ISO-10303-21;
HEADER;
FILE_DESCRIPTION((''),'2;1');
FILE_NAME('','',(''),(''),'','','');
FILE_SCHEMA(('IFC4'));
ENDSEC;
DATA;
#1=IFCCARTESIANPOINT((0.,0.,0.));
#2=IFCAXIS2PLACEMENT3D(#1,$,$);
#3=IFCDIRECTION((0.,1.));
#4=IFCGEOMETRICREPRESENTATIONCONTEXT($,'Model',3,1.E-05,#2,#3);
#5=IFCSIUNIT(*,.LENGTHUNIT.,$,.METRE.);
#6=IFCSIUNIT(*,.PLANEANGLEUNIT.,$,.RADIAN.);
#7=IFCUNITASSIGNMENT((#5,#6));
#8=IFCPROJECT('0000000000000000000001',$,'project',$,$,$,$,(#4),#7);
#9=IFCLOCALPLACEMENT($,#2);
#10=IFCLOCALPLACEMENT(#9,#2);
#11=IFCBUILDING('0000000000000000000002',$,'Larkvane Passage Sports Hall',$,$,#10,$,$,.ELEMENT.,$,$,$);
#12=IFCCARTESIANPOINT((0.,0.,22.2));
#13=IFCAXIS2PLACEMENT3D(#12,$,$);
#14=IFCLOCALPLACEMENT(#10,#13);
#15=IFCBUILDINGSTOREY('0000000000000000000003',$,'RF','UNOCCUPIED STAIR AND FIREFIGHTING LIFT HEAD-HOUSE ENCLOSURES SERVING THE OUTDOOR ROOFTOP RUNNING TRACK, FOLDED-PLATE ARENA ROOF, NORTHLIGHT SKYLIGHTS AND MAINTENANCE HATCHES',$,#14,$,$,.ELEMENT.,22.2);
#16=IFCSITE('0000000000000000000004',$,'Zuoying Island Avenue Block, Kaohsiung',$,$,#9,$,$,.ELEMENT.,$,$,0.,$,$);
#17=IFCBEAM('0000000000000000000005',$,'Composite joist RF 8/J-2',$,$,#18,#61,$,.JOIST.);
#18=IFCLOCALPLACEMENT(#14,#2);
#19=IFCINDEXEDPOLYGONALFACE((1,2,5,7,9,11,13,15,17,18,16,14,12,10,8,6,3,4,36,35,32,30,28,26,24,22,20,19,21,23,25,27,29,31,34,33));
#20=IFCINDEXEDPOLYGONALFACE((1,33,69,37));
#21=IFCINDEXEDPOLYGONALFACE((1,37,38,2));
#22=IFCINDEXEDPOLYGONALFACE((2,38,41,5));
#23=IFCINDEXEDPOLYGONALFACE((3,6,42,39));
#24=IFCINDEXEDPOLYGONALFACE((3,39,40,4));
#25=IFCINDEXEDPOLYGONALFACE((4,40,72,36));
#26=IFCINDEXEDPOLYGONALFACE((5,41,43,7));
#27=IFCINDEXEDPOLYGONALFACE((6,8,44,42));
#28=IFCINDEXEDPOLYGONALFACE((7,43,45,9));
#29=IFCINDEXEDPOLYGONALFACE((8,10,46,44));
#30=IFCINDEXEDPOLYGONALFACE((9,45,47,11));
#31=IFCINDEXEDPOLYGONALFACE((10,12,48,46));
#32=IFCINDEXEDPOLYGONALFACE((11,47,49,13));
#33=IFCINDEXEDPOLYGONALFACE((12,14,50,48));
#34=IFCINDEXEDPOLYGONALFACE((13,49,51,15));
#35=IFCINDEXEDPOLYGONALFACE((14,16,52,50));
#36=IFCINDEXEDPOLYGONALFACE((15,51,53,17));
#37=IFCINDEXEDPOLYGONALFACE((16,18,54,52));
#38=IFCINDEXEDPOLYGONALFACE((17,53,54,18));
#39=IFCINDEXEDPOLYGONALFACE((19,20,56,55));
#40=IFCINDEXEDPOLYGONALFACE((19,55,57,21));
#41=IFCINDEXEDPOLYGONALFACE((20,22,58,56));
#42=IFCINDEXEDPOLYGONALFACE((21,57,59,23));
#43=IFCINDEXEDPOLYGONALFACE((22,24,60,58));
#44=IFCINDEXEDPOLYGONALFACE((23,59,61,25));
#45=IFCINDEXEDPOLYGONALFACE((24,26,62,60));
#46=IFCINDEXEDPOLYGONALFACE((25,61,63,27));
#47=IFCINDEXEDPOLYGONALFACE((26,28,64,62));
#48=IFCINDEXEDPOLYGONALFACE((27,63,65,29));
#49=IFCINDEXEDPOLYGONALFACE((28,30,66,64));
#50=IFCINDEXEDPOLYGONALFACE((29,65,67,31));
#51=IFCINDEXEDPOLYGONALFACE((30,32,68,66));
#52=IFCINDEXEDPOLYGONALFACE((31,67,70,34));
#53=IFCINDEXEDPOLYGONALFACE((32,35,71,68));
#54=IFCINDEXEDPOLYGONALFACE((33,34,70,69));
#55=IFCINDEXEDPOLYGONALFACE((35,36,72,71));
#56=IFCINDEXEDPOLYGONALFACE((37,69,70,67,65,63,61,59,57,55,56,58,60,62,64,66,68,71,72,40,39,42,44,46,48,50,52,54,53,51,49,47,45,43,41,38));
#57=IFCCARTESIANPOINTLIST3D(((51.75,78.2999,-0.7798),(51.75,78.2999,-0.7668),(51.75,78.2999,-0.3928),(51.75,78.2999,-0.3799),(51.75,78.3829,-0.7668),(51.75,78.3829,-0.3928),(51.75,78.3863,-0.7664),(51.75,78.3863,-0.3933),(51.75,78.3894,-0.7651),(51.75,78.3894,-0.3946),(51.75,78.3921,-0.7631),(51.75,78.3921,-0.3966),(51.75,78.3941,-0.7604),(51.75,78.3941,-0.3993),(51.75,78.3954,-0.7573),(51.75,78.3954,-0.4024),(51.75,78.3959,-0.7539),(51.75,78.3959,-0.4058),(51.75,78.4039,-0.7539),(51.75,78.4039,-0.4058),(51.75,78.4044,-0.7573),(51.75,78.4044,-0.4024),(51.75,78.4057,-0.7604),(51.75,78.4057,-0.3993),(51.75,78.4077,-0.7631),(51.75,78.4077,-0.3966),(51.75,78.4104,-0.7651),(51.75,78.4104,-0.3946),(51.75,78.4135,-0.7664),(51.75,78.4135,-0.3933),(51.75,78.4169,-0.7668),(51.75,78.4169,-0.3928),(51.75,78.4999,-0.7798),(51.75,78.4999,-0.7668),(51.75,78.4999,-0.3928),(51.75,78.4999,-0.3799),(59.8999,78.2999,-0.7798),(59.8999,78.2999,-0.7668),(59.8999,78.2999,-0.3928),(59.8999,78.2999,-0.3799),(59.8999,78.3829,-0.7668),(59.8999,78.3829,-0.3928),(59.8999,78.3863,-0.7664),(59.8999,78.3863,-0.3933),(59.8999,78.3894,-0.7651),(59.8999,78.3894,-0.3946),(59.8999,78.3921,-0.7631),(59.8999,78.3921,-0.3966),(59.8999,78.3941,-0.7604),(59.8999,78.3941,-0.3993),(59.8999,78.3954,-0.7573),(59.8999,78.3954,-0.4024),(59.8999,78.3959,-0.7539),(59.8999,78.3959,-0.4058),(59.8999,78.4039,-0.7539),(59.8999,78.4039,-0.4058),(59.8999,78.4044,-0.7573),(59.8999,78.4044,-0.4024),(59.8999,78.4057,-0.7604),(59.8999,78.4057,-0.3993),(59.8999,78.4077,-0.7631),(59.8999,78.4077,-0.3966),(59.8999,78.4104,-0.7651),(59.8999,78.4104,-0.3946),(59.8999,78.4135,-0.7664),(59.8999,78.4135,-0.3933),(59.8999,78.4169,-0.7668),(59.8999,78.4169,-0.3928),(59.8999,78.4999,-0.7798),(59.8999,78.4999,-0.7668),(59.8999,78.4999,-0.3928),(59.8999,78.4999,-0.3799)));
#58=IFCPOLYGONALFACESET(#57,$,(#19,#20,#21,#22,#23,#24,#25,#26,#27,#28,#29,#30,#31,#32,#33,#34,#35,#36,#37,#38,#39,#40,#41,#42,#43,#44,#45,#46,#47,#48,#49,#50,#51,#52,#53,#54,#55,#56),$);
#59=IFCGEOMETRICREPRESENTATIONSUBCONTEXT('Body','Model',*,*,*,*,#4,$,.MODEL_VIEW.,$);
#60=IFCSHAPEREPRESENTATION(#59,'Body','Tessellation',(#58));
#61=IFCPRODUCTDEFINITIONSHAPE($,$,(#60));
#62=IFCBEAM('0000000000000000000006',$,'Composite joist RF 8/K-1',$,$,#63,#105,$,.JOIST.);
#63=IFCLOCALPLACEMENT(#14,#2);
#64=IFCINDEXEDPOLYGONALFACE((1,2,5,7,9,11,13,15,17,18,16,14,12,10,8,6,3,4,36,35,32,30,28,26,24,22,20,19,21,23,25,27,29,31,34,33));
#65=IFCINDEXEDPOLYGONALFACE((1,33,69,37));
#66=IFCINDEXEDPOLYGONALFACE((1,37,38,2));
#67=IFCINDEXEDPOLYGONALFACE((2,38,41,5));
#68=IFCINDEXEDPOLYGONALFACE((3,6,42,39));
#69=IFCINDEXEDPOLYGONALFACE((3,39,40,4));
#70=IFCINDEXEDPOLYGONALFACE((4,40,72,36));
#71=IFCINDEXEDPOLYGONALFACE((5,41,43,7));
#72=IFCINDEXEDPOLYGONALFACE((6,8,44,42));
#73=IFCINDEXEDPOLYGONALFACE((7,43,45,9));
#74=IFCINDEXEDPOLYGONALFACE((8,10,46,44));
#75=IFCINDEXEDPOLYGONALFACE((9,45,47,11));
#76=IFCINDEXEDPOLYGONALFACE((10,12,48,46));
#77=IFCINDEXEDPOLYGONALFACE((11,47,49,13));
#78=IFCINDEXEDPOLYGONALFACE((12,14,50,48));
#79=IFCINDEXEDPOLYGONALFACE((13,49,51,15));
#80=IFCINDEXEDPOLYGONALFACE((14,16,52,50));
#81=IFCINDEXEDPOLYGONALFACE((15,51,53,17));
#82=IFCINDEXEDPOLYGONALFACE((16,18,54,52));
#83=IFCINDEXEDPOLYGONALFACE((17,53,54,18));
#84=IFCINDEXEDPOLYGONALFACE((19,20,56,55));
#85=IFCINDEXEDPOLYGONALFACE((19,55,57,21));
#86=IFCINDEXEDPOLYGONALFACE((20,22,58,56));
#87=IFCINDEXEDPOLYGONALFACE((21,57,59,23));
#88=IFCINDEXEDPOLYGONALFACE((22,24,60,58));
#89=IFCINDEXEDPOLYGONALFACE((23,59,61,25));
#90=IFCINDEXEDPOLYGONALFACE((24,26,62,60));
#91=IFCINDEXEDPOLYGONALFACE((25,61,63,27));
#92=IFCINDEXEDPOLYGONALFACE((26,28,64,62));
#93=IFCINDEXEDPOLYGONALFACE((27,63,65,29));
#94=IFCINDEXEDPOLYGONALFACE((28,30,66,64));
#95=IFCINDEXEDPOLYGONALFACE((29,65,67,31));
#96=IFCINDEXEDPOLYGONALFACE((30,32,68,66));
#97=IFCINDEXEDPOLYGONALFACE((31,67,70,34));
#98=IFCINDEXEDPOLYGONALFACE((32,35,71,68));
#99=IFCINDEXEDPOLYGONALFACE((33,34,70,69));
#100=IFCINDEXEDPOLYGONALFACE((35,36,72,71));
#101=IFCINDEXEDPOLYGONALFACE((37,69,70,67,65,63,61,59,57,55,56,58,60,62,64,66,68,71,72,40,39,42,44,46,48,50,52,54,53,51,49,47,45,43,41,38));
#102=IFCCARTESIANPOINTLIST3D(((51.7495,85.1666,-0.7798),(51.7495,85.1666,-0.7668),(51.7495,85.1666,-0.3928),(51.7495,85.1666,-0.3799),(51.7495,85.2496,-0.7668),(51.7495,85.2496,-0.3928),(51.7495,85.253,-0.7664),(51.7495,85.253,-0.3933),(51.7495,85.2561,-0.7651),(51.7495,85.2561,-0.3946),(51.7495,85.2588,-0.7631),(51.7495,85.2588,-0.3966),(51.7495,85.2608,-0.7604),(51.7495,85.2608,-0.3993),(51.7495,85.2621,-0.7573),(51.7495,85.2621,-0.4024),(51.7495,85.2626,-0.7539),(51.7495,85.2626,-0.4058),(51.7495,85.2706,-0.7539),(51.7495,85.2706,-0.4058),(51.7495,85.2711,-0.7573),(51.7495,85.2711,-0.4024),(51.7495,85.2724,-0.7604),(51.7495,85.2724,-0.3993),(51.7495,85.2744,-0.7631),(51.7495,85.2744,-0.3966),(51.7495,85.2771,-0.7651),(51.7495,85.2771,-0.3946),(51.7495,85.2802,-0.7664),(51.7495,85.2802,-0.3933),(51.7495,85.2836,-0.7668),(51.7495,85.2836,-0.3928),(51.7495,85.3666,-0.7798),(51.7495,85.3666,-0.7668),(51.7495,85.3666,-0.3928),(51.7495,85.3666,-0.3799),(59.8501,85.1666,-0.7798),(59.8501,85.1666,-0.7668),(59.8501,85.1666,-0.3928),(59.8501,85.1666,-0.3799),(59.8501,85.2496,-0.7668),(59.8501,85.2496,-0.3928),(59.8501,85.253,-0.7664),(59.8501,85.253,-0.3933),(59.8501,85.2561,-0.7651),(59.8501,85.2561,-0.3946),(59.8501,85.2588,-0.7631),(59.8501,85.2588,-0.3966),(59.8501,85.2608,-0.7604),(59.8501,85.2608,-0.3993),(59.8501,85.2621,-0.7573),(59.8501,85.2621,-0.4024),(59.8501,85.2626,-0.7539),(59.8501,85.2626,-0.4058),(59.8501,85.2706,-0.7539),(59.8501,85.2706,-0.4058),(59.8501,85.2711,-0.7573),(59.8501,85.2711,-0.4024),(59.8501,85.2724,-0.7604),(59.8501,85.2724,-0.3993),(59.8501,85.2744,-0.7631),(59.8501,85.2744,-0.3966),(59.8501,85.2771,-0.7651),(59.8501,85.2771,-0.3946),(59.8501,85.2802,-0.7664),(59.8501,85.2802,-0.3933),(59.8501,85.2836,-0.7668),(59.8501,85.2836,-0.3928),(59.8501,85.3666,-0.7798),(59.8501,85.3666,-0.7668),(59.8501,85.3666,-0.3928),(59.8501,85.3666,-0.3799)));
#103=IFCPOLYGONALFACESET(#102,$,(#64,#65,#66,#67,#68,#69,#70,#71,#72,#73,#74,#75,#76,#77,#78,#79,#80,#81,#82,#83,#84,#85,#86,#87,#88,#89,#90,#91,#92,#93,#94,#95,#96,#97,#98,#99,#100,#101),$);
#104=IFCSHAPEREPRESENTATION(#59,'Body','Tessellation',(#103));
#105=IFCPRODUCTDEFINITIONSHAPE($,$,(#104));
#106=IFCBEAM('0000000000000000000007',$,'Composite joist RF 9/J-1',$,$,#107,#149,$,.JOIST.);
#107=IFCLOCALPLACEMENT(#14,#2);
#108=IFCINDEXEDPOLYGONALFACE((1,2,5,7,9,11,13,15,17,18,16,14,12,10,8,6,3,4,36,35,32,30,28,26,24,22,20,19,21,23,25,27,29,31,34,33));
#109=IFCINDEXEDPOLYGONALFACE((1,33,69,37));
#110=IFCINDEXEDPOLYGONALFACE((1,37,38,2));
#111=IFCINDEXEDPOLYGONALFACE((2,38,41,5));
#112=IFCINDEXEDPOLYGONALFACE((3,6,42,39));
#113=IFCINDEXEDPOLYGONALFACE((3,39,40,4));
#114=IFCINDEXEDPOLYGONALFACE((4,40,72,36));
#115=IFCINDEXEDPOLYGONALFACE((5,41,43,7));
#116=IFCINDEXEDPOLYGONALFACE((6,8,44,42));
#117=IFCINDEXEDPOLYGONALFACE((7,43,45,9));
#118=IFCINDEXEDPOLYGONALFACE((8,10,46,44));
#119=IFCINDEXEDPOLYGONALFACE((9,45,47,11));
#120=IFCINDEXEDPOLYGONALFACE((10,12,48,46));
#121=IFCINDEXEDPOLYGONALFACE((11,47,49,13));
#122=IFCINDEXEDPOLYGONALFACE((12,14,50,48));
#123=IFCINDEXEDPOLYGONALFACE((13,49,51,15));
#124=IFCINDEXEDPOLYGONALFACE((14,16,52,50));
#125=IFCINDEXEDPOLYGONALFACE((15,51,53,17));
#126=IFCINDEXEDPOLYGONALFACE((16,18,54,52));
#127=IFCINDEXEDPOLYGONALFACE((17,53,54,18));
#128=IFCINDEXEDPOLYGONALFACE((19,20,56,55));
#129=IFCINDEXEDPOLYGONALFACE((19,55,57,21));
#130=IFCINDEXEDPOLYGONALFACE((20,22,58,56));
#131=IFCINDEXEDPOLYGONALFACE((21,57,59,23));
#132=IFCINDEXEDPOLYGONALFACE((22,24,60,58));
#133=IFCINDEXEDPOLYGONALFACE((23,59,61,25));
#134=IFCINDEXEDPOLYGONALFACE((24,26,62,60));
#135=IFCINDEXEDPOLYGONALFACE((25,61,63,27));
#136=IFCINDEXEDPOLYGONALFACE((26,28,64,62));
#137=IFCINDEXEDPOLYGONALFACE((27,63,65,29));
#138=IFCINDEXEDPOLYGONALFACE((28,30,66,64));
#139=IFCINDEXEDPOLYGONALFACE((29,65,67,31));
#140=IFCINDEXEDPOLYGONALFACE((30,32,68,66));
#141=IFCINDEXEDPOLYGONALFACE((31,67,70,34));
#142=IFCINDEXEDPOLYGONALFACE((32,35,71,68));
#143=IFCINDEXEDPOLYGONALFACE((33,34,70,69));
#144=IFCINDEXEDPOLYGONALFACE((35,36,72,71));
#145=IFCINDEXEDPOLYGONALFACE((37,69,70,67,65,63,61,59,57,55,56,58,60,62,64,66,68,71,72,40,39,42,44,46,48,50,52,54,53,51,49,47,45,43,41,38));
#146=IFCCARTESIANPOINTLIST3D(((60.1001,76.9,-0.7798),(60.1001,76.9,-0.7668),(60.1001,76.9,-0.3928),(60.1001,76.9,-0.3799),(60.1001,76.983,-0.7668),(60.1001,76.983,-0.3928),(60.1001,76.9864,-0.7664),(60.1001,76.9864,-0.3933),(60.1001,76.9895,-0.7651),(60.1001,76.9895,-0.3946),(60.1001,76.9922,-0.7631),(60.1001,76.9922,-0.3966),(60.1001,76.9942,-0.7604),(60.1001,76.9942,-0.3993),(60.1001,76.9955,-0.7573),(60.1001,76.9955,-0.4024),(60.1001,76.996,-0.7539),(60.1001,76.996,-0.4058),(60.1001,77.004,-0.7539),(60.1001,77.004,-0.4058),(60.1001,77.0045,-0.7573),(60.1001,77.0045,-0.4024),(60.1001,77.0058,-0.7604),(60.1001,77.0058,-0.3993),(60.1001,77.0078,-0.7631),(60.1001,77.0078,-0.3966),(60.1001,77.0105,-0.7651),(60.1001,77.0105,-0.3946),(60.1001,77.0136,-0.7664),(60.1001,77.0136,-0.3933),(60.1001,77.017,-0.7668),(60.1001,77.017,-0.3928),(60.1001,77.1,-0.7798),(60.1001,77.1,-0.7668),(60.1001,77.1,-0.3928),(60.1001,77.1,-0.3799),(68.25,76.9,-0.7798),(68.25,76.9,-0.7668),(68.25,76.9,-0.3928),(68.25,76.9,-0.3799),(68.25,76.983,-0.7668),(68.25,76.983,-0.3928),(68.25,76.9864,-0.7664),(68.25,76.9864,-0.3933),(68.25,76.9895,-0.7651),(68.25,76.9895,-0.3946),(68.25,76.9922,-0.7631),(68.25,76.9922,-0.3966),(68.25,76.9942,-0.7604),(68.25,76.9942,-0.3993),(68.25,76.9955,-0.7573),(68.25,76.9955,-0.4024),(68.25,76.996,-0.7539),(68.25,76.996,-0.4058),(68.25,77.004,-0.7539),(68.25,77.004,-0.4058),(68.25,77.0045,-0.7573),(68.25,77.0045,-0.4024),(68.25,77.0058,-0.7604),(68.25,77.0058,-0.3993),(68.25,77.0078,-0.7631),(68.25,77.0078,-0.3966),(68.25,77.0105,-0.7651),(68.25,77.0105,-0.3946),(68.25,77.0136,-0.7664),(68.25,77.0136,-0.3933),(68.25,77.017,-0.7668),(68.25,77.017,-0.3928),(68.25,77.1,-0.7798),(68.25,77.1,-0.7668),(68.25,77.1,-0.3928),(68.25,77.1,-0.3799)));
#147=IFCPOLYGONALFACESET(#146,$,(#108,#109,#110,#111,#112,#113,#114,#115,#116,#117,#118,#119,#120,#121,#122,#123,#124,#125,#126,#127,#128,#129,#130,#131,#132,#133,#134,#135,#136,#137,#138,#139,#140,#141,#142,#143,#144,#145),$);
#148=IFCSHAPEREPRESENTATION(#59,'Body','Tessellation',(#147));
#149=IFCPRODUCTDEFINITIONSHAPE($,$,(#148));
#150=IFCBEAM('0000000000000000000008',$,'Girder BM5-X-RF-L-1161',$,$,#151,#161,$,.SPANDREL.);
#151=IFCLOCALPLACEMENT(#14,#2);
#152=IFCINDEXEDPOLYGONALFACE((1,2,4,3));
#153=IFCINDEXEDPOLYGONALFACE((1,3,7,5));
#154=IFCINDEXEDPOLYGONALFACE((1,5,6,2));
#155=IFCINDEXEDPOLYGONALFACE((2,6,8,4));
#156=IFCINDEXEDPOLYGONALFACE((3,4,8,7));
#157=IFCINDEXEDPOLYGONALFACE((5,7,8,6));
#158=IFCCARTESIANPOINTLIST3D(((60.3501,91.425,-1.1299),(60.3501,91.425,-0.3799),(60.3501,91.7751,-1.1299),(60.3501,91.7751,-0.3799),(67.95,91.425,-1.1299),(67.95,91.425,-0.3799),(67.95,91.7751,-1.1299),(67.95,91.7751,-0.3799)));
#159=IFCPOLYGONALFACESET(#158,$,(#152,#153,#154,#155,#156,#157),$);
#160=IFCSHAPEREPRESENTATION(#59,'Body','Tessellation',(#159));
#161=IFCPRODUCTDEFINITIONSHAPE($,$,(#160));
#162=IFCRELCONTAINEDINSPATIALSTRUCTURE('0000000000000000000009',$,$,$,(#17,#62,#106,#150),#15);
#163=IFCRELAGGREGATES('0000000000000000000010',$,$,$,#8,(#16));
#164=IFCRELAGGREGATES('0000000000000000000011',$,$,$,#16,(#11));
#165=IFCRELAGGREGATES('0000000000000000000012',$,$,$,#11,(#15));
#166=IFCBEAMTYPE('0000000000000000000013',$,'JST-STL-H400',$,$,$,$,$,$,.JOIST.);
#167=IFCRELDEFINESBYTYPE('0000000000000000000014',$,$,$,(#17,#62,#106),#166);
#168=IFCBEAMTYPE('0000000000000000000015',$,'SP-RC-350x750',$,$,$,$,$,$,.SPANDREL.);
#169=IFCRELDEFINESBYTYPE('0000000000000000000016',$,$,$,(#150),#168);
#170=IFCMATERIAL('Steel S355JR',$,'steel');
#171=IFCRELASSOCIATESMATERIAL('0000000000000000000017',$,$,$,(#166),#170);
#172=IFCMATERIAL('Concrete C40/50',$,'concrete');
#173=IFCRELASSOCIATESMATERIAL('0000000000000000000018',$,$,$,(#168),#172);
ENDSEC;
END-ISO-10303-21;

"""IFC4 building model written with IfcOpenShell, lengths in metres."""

from ifc_helpers import new_model, si_unit, direction, frame, origin, origin_2d, place, context, subcontext, project, spatial, rectangle, i_section, extrude, material, material_profile, profile_set, type_object, element, save


model = new_model("IFC4")

# Units and contexts
model_context = context("Model", 3, precision=1e-05, world=origin(), true_north=direction((0.0, 1.0)))
body_context = subcontext(model_context, "Body", "Model", "MODEL_VIEW")
ifc_project = project(units=[si_unit("LENGTHUNIT", "METRE"), si_unit("PLANEANGLEUNIT", "RADIAN")], contexts=[model_context])

# Site, building, storey
site_placement = place(None, origin())
site = spatial("IfcSite", under=ifc_project, at=site_placement, Name="Zuoying Island Avenue Block, Kaohsiung", CompositionType="ELEMENT", RefElevation=0.0)
building_placement = place(site_placement, origin())
building = spatial("IfcBuilding", under=site, at=building_placement, Name="Larkvane Passage Sports Hall", CompositionType="ELEMENT")
storey_placement = place(building_placement, frame((0.0, 0.0, 22.2)))
storey = spatial("IfcBuildingStorey", under=building, at=storey_placement, Name="RF", Description="UNOCCUPIED STAIR AND FIREFIGHTING LIFT HEAD-HOUSE ENCLOSURES SERVING THE OUTDOOR ROOFTOP RUNNING TRACK, FOLDED-PLATE ARENA ROOF, NORTHLIGHT SKYLIGHTS AND MAINTENANCE HATCHES", CompositionType="ELEMENT", Elevation=22.2)

# Beams
ifc_material_1 = material(Name="Steel S355JR", Category="steel")
ifc_material_profile_1 = material_profile(ifc_material_1, i_section(OverallWidth=0.2, OverallDepth=0.3999, WebThickness=0.0081, FlangeThickness=0.0129, FilletRadius=0.0129, at=origin_2d()), Name="H-400x200x8x13")
ifc_profile_set_1 = profile_set([ifc_material_profile_1], Name="Steel S355JR")
beam_type_1 = type_object("IfcBeamType", Name="JST-STL-H400", PredefinedType="JOIST", material=ifc_profile_set_1)
beam_1_placement = place(storey_placement, frame((51.75, 78.3999, -0.5798), z_axis=(1.0, 0.0, 0.0), x_axis=(0.0, 1.0, 0.0)))
element("IfcBeam", 1, at=beam_1_placement, inside=storey, type_object=beam_type_1, Name="Composite joist RF 8/J-2", PredefinedType="JOIST", context=body_context, shape_type="SweptSolid", body=[
    extrude(i_section(OverallWidth=0.2, OverallDepth=0.3999, WebThickness=0.0081, FlangeThickness=0.0129, FilletRadius=0.0129, at=origin_2d()), origin(), (0.0, 0.0, 1.0), 8.1499),
])
beam_2_placement = place(storey_placement, frame((51.7495, 85.2666, -0.5798), z_axis=(1.0, 0.0, 0.0), x_axis=(0.0, 1.0, 0.0)))
element("IfcBeam", 2, at=beam_2_placement, inside=storey, type_object=beam_type_1, Name="Composite joist RF 8/K-1", PredefinedType="JOIST", context=body_context, shape_type="SweptSolid", body=[
    extrude(i_section(OverallWidth=0.2, OverallDepth=0.3999, WebThickness=0.0081, FlangeThickness=0.0129, FilletRadius=0.0129, at=origin_2d()), origin(), (0.0, 0.0, 1.0), 8.1006),
])
beam_3_placement = place(storey_placement, frame((60.1001, 77.0, -0.5798), z_axis=(1.0, 0.0, 0.0), x_axis=(0.0, 1.0, 0.0)))
element("IfcBeam", 3, at=beam_3_placement, inside=storey, type_object=beam_type_1, Name="Composite joist RF 9/J-1", PredefinedType="JOIST", context=body_context, shape_type="SweptSolid", body=[
    extrude(i_section(OverallWidth=0.2, OverallDepth=0.3999, WebThickness=0.0081, FlangeThickness=0.0129, FilletRadius=0.0129, at=origin_2d()), origin(), (0.0, 0.0, 1.0), 8.1499),
])
ifc_material_2 = material(Name="Concrete C40/50", Category="concrete")
ifc_material_profile_2 = material_profile(ifc_material_2, rectangle(XDim=0.3501, YDim=0.75, at=origin_2d()), Name="RC-SP-350x750")
ifc_profile_set_2 = profile_set([ifc_material_profile_2], Name="Concrete C40/50")
beam_type_2 = type_object("IfcBeamType", Name="SP-RC-350x750", PredefinedType="SPANDREL", material=ifc_profile_set_2)
beam_4_placement = place(storey_placement, frame((60.3501, 91.6001, -0.7549), z_axis=(1.0, 0.0, 0.0), x_axis=(0.0, 1.0, 0.0)))
element("IfcBeam", 4, at=beam_4_placement, inside=storey, type_object=beam_type_2, Name="Girder BM5-X-RF-L-1161", PredefinedType="SPANDREL", context=body_context, shape_type="SweptSolid", body=[
    extrude(rectangle(XDim=0.3501, YDim=0.75, at=origin_2d()), origin(), (0.0, 0.0, 1.0), 7.5999),
])

save(model, "model.ifc")
